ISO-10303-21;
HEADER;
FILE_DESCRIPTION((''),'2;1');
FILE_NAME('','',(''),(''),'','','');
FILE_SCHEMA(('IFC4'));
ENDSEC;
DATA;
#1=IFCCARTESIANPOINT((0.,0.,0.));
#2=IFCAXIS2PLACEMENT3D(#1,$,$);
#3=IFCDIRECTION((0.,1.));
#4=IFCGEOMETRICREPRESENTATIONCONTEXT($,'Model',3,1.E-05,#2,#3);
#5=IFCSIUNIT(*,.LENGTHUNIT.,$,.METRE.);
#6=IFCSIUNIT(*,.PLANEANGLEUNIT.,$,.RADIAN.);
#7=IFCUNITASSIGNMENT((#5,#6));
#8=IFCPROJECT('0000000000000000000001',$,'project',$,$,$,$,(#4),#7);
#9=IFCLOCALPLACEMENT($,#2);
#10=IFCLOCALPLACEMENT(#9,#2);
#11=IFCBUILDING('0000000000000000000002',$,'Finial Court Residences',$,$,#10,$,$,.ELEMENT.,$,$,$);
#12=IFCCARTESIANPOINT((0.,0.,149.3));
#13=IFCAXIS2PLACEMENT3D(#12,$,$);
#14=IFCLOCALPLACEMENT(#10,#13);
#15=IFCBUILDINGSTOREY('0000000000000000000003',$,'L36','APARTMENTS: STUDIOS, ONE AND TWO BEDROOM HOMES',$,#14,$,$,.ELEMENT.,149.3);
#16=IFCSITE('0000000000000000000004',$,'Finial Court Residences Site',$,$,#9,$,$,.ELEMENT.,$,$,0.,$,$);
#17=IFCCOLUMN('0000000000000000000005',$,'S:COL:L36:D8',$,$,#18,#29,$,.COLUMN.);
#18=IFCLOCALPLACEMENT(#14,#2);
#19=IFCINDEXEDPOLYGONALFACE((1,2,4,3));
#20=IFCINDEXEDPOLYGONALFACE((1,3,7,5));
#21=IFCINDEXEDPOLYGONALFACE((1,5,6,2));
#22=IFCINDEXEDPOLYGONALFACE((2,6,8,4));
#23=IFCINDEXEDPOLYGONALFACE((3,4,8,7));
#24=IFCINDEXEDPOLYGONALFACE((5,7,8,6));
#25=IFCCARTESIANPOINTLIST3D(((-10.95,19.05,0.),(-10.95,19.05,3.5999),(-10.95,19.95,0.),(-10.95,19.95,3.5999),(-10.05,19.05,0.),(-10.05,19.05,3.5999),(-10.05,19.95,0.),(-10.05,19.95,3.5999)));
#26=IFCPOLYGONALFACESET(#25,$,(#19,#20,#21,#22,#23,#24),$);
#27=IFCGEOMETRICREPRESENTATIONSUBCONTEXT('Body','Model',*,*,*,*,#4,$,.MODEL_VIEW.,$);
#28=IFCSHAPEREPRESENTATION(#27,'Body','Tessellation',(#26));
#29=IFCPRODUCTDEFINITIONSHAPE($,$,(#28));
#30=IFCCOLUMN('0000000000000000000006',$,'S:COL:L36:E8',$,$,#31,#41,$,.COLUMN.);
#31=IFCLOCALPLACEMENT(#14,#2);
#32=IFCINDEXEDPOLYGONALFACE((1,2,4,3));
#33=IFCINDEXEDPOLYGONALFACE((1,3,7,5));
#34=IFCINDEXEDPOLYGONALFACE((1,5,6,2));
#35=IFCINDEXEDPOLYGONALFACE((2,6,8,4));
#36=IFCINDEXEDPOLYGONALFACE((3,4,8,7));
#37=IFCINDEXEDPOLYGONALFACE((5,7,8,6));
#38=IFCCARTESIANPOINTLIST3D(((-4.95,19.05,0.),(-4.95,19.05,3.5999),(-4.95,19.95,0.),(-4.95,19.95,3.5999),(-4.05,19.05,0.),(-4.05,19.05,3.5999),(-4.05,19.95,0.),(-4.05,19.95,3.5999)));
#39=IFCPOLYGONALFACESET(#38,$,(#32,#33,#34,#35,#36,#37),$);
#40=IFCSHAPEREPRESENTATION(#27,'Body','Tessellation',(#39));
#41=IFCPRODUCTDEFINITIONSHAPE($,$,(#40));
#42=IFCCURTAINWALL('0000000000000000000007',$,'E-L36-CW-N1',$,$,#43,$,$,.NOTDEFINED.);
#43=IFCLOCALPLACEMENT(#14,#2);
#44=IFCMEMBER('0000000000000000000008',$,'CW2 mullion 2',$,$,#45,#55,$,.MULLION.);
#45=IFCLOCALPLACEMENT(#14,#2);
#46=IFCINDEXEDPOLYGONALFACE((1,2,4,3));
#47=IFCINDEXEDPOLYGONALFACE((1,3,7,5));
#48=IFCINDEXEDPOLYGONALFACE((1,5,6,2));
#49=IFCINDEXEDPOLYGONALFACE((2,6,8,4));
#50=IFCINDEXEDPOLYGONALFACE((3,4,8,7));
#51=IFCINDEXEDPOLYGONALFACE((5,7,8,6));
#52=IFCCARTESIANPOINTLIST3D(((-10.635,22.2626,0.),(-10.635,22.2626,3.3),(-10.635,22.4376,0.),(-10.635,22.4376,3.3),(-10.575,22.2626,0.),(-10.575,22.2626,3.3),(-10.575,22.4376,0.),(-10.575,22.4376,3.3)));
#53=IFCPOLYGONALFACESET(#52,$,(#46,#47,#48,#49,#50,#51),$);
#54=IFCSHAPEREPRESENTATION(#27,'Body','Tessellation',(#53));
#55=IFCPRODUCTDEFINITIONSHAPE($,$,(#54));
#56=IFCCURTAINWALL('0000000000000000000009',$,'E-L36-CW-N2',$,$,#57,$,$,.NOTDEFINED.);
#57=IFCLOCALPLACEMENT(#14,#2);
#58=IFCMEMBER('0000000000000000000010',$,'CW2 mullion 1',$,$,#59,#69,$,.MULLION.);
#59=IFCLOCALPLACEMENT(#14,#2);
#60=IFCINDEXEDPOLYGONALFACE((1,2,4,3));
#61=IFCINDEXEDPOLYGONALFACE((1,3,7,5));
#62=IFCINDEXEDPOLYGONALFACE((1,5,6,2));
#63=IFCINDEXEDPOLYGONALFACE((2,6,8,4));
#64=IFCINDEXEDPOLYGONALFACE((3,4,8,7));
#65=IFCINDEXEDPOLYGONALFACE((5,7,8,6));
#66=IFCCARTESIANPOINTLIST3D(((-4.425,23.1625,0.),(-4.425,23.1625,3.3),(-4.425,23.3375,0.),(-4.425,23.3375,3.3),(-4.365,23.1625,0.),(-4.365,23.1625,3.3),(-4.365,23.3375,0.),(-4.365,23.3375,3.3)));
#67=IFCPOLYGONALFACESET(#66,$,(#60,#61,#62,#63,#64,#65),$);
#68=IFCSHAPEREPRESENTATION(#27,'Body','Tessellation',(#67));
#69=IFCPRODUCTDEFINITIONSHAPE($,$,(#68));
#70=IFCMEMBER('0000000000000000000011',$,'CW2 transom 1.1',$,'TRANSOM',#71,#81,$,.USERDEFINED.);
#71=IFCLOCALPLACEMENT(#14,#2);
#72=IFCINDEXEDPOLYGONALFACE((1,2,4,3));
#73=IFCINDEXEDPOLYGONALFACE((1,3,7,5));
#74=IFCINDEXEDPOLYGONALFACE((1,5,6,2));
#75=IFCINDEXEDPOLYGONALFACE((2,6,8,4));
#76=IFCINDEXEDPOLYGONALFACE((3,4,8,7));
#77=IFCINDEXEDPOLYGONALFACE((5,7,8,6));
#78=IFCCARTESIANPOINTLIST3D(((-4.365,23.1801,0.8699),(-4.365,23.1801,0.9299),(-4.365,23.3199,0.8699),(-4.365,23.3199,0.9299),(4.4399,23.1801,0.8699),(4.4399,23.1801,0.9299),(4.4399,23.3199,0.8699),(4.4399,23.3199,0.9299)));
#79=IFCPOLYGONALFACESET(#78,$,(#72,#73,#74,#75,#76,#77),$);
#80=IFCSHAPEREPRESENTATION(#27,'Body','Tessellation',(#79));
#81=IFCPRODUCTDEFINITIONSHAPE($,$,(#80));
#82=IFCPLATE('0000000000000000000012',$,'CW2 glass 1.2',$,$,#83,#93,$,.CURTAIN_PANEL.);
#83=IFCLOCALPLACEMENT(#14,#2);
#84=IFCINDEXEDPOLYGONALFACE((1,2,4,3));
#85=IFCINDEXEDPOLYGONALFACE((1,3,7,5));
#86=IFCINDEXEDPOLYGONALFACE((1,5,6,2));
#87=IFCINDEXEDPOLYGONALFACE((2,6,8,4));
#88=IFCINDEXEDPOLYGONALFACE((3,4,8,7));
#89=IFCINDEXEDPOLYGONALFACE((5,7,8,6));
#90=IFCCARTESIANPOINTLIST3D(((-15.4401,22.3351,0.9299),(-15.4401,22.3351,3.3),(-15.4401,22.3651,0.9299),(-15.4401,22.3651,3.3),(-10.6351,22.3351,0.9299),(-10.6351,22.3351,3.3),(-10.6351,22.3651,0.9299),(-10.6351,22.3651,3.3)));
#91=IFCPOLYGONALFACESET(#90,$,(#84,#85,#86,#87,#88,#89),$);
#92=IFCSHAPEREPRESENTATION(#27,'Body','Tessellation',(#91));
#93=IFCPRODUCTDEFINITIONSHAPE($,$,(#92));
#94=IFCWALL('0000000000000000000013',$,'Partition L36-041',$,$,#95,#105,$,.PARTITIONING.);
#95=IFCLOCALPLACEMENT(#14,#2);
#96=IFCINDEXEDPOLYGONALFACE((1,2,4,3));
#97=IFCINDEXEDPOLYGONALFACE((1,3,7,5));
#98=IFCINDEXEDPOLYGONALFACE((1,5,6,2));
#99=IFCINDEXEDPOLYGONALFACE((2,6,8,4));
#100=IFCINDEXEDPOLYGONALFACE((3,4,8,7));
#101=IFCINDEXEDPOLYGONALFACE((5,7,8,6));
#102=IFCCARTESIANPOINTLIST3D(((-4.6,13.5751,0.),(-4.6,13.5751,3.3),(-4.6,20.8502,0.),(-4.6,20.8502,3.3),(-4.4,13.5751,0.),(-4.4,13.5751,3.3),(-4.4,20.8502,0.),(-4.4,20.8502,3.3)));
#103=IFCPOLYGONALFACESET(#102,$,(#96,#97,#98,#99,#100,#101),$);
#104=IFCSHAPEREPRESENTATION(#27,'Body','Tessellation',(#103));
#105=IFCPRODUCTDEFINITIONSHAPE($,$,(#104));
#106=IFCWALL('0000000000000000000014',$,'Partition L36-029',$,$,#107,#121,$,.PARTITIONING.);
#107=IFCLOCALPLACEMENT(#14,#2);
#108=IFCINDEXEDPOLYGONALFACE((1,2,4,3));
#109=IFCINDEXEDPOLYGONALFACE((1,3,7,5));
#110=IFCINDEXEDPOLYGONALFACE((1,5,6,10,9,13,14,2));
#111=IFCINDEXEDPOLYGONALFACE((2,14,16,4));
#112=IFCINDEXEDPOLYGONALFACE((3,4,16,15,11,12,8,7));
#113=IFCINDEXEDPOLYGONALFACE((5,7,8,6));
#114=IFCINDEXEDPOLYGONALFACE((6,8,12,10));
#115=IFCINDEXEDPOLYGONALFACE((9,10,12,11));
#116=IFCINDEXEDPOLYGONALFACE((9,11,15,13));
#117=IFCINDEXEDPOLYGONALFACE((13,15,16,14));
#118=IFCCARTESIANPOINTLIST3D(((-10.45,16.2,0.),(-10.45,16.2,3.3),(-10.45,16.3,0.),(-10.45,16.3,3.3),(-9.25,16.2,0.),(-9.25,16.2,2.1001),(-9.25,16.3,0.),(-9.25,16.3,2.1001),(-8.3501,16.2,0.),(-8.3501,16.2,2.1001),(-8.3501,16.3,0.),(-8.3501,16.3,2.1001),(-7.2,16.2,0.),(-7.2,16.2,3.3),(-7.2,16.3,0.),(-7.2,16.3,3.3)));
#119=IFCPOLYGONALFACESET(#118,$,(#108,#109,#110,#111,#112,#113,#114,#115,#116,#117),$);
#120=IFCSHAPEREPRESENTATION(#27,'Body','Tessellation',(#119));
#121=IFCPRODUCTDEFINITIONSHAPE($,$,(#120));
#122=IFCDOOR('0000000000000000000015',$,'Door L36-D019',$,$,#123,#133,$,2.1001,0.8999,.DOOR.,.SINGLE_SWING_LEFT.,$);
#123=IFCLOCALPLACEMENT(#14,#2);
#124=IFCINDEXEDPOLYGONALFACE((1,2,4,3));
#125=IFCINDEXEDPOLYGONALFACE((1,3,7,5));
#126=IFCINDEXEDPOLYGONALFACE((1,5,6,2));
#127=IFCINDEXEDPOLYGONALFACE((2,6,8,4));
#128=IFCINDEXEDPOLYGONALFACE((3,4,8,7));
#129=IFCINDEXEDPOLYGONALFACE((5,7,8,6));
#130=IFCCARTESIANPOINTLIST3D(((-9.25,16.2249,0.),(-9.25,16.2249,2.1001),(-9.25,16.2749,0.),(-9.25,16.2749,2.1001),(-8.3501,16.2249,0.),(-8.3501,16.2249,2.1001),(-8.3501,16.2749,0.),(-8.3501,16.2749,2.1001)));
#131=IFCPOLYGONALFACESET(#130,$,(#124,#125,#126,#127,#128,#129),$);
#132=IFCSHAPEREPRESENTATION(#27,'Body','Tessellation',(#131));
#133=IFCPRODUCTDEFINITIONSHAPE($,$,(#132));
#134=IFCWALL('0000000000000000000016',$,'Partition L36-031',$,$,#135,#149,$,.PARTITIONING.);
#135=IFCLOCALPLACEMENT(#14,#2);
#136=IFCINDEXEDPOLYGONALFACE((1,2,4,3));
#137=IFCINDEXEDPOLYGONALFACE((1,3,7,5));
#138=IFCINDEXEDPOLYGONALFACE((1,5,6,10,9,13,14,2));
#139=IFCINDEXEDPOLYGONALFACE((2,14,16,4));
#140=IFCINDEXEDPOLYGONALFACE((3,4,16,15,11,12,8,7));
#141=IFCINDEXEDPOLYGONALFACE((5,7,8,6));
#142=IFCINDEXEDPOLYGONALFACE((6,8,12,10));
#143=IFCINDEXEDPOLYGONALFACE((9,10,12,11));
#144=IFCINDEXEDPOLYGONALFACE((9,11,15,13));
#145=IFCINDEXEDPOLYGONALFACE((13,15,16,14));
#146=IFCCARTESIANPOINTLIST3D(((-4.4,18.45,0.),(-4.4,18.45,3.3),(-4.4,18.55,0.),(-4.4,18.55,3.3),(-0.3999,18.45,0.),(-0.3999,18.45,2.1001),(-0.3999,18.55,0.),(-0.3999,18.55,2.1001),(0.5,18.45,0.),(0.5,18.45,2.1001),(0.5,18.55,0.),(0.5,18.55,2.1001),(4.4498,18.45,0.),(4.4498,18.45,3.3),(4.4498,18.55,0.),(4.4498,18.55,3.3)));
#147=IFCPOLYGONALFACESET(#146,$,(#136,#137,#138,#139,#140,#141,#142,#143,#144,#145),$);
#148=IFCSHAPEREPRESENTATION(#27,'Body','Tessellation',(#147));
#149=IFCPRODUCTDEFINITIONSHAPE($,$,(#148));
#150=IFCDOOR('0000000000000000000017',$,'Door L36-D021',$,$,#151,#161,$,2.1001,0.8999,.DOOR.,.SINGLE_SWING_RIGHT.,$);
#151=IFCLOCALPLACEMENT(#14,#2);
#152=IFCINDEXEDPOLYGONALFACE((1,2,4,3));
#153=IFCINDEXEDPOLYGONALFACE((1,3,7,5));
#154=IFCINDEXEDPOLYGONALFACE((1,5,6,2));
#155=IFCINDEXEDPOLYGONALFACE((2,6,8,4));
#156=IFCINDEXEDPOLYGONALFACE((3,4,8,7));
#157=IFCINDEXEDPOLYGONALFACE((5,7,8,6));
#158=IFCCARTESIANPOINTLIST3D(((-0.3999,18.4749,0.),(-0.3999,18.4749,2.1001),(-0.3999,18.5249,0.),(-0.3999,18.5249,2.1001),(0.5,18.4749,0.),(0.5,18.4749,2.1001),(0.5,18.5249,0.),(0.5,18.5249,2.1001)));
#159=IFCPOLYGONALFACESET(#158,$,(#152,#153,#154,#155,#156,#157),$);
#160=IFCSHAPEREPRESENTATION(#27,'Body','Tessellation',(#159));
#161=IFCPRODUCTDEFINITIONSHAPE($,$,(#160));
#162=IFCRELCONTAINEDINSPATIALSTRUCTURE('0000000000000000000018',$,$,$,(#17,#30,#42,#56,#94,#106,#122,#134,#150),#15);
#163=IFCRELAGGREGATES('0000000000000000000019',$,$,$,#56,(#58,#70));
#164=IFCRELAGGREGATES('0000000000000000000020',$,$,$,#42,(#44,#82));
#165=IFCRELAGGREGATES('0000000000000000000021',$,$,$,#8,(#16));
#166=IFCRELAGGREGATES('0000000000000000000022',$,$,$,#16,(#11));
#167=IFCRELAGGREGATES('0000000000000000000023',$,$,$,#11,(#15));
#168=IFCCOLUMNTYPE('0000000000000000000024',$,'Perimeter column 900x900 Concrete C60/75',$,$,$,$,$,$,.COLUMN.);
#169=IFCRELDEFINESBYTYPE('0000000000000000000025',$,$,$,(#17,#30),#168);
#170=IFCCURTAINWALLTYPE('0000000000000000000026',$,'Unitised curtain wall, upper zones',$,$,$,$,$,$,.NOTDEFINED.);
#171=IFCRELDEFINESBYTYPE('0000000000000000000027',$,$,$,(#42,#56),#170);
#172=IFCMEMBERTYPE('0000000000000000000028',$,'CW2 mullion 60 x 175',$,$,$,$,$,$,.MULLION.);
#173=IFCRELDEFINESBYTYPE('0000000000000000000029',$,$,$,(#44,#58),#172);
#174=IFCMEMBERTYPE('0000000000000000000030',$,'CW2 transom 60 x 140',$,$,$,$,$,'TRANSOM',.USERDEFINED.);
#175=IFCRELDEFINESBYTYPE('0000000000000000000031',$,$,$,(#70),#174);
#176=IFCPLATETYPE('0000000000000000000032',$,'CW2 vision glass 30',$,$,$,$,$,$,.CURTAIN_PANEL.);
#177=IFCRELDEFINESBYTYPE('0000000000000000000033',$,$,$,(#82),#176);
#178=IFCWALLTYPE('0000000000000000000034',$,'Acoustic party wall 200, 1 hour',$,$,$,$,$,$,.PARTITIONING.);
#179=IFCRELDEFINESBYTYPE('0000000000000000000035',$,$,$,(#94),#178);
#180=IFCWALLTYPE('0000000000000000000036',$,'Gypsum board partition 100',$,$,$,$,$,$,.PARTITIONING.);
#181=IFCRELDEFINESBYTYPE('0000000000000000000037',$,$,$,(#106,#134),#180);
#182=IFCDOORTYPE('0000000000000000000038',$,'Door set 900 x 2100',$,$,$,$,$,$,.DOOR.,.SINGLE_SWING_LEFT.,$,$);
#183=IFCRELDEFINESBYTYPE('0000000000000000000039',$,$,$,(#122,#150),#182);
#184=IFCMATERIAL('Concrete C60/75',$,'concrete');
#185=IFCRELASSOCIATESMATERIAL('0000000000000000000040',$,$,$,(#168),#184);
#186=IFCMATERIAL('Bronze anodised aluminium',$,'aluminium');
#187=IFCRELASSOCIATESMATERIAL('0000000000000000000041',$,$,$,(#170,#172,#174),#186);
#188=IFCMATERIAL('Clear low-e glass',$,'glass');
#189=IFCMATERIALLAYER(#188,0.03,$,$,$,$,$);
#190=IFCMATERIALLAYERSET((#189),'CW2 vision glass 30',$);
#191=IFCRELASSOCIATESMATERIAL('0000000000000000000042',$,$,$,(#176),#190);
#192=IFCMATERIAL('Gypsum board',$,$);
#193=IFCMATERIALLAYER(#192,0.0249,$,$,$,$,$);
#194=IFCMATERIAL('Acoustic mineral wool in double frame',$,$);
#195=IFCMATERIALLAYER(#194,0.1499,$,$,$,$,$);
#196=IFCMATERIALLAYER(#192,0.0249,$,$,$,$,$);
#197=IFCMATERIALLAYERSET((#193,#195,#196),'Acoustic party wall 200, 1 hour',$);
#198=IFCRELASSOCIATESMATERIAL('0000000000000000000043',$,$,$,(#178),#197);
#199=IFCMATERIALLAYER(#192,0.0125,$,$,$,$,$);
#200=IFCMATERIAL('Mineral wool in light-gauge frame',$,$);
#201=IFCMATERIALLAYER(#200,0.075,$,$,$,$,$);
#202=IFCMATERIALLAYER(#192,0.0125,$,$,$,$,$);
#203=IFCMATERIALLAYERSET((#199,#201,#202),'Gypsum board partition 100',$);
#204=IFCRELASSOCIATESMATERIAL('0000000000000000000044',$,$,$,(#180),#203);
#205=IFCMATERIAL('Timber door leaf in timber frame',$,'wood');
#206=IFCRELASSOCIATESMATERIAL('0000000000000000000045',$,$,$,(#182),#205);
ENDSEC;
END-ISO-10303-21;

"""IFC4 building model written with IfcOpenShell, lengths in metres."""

from ifc_helpers import new_model, si_unit, direction, frame, frame_2d, origin, origin_2d, place, context, subcontext, project, spatial, rectangle, extrude, material, layer, layer_set, material_profile, profile_set, type_object, element, fill, aggregate, save


model = new_model("IFC4")

# Units and contexts
model_context = context("Model", 3, precision=1e-05, world=origin(), true_north=direction((0.0, 1.0)))
body_context = subcontext(model_context, "Body", "Model", "MODEL_VIEW")
ifc_project = project(units=[si_unit("LENGTHUNIT", "METRE"), si_unit("PLANEANGLEUNIT", "RADIAN")], contexts=[model_context])

# Site, building, storey
site_placement = place(None, origin())
site = spatial("IfcSite", under=ifc_project, at=site_placement, Name="Finial Court Residences Site", CompositionType="ELEMENT", RefElevation=0.0)
building_placement = place(site_placement, origin())
building = spatial("IfcBuilding", under=site, at=building_placement, Name="Finial Court Residences", CompositionType="ELEMENT")
storey_placement = place(building_placement, frame((0.0, 0.0, 149.3)))
storey = spatial("IfcBuildingStorey", under=building, at=storey_placement, Name="L36", Description="APARTMENTS: STUDIOS, ONE AND TWO BEDROOM HOMES", CompositionType="ELEMENT", Elevation=149.3)

# Columns
ifc_material_1 = material(Name="Concrete C60/75", Category="concrete")
ifc_material_profile_1 = material_profile(ifc_material_1, rectangle(XDim=0.8999, YDim=0.8999, at=origin_2d()), Name="900x900")
ifc_profile_set_1 = profile_set([ifc_material_profile_1], Name="Concrete C60/75")
column_type = type_object("IfcColumnType", Name="Perimeter column 900x900 Concrete C60/75", PredefinedType="COLUMN", material=ifc_profile_set_1)
for number, where, z_axis, x_axis, name in (
    (1, (-10.5, 19.5, 0.0), (0.0, 0.0, 1.0), (1.0, 0.0, 0.0), "S:COL:L36:D8"),
    (2, (-4.5, 19.5, 0.0), (0.0, 0.0, 1.0), (1.0, 0.0, 0.0), "S:COL:L36:E8"),
):
    element("IfcColumn", number, at=place(storey_placement, frame(where, z_axis=z_axis, x_axis=x_axis)), inside=storey, type_object=column_type, Name=name, PredefinedType="COLUMN", context=body_context, shape_type="SweptSolid", body=[
        extrude(rectangle(XDim=0.8999, YDim=0.8999, at=origin_2d()), origin(), (0.0, 0.0, 1.0), 3.5999),
    ])

# Curtain wall, member
ifc_material_2 = material(Name="Bronze anodised aluminium", Category="aluminium")
curtain_wall_type = type_object("IfcCurtainWallType", Name="Unitised curtain wall, upper zones", PredefinedType="NOTDEFINED", material=ifc_material_2)
curtain_wall_1_placement = place(storey_placement, origin())
curtain_wall_1 = element("IfcCurtainWall", 3, at=curtain_wall_1_placement, inside=storey, type_object=curtain_wall_type, Name="E-L36-CW-N1", PredefinedType="NOTDEFINED")
ifc_material_profile_2 = material_profile(ifc_material_2, rectangle(XDim=0.175, YDim=0.0601, at=origin_2d()), Name="CW2 mullion 60 x 175")
ifc_profile_set_2 = profile_set([ifc_material_profile_2], Name="Bronze anodised aluminium")
member_type_1 = type_object("IfcMemberType", Name="CW2 mullion 60 x 175", PredefinedType="MULLION", material=ifc_profile_set_2)
member_1_placement = place(storey_placement, frame((-10.605, 22.3501, 0.0), z_axis=(0.0, 0.0, 1.0), x_axis=(0.0, 1.0, 0.0)))
member_1 = element("IfcMember", 4, at=member_1_placement, type_object=member_type_1, Name="CW2 mullion 2", PredefinedType="MULLION", context=body_context, shape_type="SweptSolid", body=[
    extrude(rectangle(XDim=0.175, YDim=0.0601, at=origin_2d()), origin(), (0.0, 0.0, 1.0), 3.3),
])

# Curtain wall, members
curtain_wall_2_placement = place(storey_placement, origin())
curtain_wall_2 = element("IfcCurtainWall", 5, at=curtain_wall_2_placement, inside=storey, type_object=curtain_wall_type, Name="E-L36-CW-N2", PredefinedType="NOTDEFINED")
member_2_placement = place(storey_placement, frame((-4.395, 23.25, 0.0), z_axis=(0.0, 0.0, 1.0), x_axis=(0.0, 1.0, 0.0)))
member_2 = element("IfcMember", 6, at=member_2_placement, type_object=member_type_1, Name="CW2 mullion 1", PredefinedType="MULLION", context=body_context, shape_type="SweptSolid", body=[
    extrude(rectangle(XDim=0.175, YDim=0.0601, at=origin_2d()), origin(), (0.0, 0.0, 1.0), 3.3),
])
ifc_material_profile_3 = material_profile(ifc_material_2, rectangle(XDim=0.1399, YDim=0.0601, at=origin_2d()), Name="CW2 transom 60 x 140")
ifc_profile_set_3 = profile_set([ifc_material_profile_3], Name="Bronze anodised aluminium")
member_type_2 = type_object("IfcMemberType", Name="CW2 transom 60 x 140", ElementType="TRANSOM", PredefinedType="USERDEFINED", material=ifc_profile_set_3)
member_3_placement = place(storey_placement, frame((-4.365, 23.25, 0.8999), z_axis=(1.0, 0.0, 0.0), x_axis=(0.0, 1.0, 0.0)))
member_3 = element("IfcMember", 7, at=member_3_placement, type_object=member_type_2, Name="CW2 transom 1.1", ObjectType="TRANSOM", PredefinedType="USERDEFINED", context=body_context, shape_type="SweptSolid", body=[
    extrude(rectangle(XDim=0.1399, YDim=0.0601, at=origin_2d()), origin(), (0.0, 0.0, 1.0), 8.8049),
])
aggregate(curtain_wall_2, [member_2, member_3])

# Plate
ifc_material_3 = material(Name="Clear low-e glass", Category="glass")
ifc_layer_1 = layer(ifc_material_3, 0.03)
ifc_layer_set_1 = layer_set([ifc_layer_1], Name="CW2 vision glass 30")
plate_type = type_object("IfcPlateType", Name="CW2 vision glass 30", PredefinedType="CURTAIN_PANEL", material=ifc_layer_set_1)
plate_placement = place(storey_placement, frame((-13.0376, 22.3501, 0.9299), z_axis=(0.0, 0.0, 1.0), x_axis=(1.0, 0.0, 0.0)))
plate = element("IfcPlate", 8, at=plate_placement, type_object=plate_type, Name="CW2 glass 1.2", PredefinedType="CURTAIN_PANEL", context=body_context, shape_type="SweptSolid", body=[
    extrude(rectangle(XDim=4.8049, YDim=0.03, at=origin_2d()), origin(), (0.0, 0.0, 1.0), 2.3701),
])
aggregate(curtain_wall_1, [member_1, plate])

# Wall
ifc_material_4 = material(Name="Gypsum board")
ifc_layer_2 = layer(ifc_material_4, 0.0249)
ifc_material_5 = material(Name="Acoustic mineral wool in double frame")
ifc_layer_3 = layer(ifc_material_5, 0.1499)
ifc_layer_4 = layer(ifc_material_4, 0.0249)
ifc_layer_set_2 = layer_set([ifc_layer_2, ifc_layer_3, ifc_layer_4], Name="Acoustic party wall 200, 1 hour")
wall_type_1 = type_object("IfcWallType", Name="Acoustic party wall 200, 1 hour", PredefinedType="PARTITIONING", material=ifc_layer_set_2)
wall_1_placement = place(storey_placement, frame((-4.5, 13.575, 0.0), z_axis=(0.0, 0.0, 1.0), x_axis=(0.0, 1.0, 0.0)))
element("IfcWall", 9, at=wall_1_placement, inside=storey, type_object=wall_type_1, Name="Partition L36-041", PredefinedType="PARTITIONING", context=body_context, shape_type="SweptSolid", body=[
    extrude(rectangle(XDim=7.2751, YDim=0.2, at=frame_2d((3.6377, 0.0))), origin(), (0.0, 0.0, 1.0), 3.3),
])

# Walls, openings, doors
ifc_layer_5 = layer(ifc_material_4, 0.0125)
ifc_material_6 = material(Name="Mineral wool in light-gauge frame")
ifc_layer_6 = layer(ifc_material_6, 0.075)
ifc_layer_7 = layer(ifc_material_4, 0.0125)
ifc_layer_set_3 = layer_set([ifc_layer_5, ifc_layer_6, ifc_layer_7], Name="Gypsum board partition 100")
wall_type_2 = type_object("IfcWallType", Name="Gypsum board partition 100", PredefinedType="PARTITIONING", material=ifc_layer_set_3)
wall_2_placement = place(storey_placement, frame((-10.45, 16.25, 0.0), z_axis=(0.0, 0.0, 1.0), x_axis=(1.0, 0.0, 0.0)))
wall_2 = element("IfcWall", 10, at=wall_2_placement, inside=storey, type_object=wall_type_2, Name="Partition L36-029", PredefinedType="PARTITIONING", context=body_context, shape_type="SweptSolid", body=[
    extrude(rectangle(XDim=3.25, YDim=0.1001, at=frame_2d((1.625, 0.0))), origin(), (0.0, 0.0, 1.0), 3.3),
])
opening_1_placement = place(wall_2_placement, frame((1.2, 0.0, 0.0)))
opening_1 = element("IfcOpeningElement", 11, at=opening_1_placement, cuts=wall_2, PredefinedType="OPENING", context=body_context, shape_type="SweptSolid", body=[
    extrude(rectangle(XDim=0.8999, YDim=2.1001, at=frame_2d((0.45, 1.05))), frame((0.0, 0.0601, 0.0), z_axis=(0.0, -1.0, 0.0), x_axis=(1.0, 0.0, 0.0)), (0.0, 0.0, 1.0), 0.1201),
])
ifc_material_7 = material(Name="Timber door leaf in timber frame", Category="wood")
door_type_1 = type_object("IfcDoorType", Name="Door set 900 x 2100", OperationType="SINGLE_SWING_LEFT", PredefinedType="DOOR", material=ifc_material_7)
door_1_placement = place(opening_1_placement, origin())
door_1 = element("IfcDoor", 12, at=door_1_placement, inside=storey, type_object=door_type_1, Name="Door L36-D019", OperationType="SINGLE_SWING_LEFT", OverallHeight=2.1001, OverallWidth=0.8999, PredefinedType="DOOR", context=body_context, shape_type="SweptSolid", body=[
    extrude(rectangle(XDim=0.8999, YDim=2.1001, at=frame_2d((0.45, 1.05))), frame((0.0, 0.0249, 0.0), z_axis=(0.0, -1.0, 0.0), x_axis=(1.0, 0.0, 0.0)), (0.0, 0.0, 1.0), 0.05),
])
fill(opening_1, door_1)
wall_3_placement = place(storey_placement, frame((-4.3999, 18.5, 0.0), z_axis=(0.0, 0.0, 1.0), x_axis=(1.0, 0.0, 0.0)))
wall_3 = element("IfcWall", 13, at=wall_3_placement, inside=storey, type_object=wall_type_2, Name="Partition L36-031", PredefinedType="PARTITIONING", context=body_context, shape_type="SweptSolid", body=[
    extrude(rectangle(XDim=8.8499, YDim=0.1001, at=frame_2d((4.4248, 0.0))), origin(), (0.0, 0.0, 1.0), 3.3),
])
opening_2_placement = place(wall_3_placement, frame((4.0, 0.0, 0.0)))
opening_2 = element("IfcOpeningElement", 14, at=opening_2_placement, cuts=wall_3, PredefinedType="OPENING", context=body_context, shape_type="SweptSolid", body=[
    extrude(rectangle(XDim=0.8999, YDim=2.1001, at=frame_2d((0.45, 1.05))), frame((0.0, 0.0601, 0.0), z_axis=(0.0, -1.0, 0.0), x_axis=(1.0, 0.0, 0.0)), (0.0, 0.0, 1.0), 0.1201),
])
door_2_placement = place(opening_2_placement, origin())
door_2 = element("IfcDoor", 15, at=door_2_placement, inside=storey, type_object=door_type_1, Name="Door L36-D021", OperationType="SINGLE_SWING_RIGHT", OverallHeight=2.1001, OverallWidth=0.8999, PredefinedType="DOOR", context=body_context, shape_type="SweptSolid", body=[
    extrude(rectangle(XDim=0.8999, YDim=2.1001, at=frame_2d((0.45, 1.05))), frame((0.0, 0.0249, 0.0), z_axis=(0.0, -1.0, 0.0), x_axis=(1.0, 0.0, 0.0)), (0.0, 0.0, 1.0), 0.05),
])
fill(opening_2, door_2)

save(model, "model.ifc")
